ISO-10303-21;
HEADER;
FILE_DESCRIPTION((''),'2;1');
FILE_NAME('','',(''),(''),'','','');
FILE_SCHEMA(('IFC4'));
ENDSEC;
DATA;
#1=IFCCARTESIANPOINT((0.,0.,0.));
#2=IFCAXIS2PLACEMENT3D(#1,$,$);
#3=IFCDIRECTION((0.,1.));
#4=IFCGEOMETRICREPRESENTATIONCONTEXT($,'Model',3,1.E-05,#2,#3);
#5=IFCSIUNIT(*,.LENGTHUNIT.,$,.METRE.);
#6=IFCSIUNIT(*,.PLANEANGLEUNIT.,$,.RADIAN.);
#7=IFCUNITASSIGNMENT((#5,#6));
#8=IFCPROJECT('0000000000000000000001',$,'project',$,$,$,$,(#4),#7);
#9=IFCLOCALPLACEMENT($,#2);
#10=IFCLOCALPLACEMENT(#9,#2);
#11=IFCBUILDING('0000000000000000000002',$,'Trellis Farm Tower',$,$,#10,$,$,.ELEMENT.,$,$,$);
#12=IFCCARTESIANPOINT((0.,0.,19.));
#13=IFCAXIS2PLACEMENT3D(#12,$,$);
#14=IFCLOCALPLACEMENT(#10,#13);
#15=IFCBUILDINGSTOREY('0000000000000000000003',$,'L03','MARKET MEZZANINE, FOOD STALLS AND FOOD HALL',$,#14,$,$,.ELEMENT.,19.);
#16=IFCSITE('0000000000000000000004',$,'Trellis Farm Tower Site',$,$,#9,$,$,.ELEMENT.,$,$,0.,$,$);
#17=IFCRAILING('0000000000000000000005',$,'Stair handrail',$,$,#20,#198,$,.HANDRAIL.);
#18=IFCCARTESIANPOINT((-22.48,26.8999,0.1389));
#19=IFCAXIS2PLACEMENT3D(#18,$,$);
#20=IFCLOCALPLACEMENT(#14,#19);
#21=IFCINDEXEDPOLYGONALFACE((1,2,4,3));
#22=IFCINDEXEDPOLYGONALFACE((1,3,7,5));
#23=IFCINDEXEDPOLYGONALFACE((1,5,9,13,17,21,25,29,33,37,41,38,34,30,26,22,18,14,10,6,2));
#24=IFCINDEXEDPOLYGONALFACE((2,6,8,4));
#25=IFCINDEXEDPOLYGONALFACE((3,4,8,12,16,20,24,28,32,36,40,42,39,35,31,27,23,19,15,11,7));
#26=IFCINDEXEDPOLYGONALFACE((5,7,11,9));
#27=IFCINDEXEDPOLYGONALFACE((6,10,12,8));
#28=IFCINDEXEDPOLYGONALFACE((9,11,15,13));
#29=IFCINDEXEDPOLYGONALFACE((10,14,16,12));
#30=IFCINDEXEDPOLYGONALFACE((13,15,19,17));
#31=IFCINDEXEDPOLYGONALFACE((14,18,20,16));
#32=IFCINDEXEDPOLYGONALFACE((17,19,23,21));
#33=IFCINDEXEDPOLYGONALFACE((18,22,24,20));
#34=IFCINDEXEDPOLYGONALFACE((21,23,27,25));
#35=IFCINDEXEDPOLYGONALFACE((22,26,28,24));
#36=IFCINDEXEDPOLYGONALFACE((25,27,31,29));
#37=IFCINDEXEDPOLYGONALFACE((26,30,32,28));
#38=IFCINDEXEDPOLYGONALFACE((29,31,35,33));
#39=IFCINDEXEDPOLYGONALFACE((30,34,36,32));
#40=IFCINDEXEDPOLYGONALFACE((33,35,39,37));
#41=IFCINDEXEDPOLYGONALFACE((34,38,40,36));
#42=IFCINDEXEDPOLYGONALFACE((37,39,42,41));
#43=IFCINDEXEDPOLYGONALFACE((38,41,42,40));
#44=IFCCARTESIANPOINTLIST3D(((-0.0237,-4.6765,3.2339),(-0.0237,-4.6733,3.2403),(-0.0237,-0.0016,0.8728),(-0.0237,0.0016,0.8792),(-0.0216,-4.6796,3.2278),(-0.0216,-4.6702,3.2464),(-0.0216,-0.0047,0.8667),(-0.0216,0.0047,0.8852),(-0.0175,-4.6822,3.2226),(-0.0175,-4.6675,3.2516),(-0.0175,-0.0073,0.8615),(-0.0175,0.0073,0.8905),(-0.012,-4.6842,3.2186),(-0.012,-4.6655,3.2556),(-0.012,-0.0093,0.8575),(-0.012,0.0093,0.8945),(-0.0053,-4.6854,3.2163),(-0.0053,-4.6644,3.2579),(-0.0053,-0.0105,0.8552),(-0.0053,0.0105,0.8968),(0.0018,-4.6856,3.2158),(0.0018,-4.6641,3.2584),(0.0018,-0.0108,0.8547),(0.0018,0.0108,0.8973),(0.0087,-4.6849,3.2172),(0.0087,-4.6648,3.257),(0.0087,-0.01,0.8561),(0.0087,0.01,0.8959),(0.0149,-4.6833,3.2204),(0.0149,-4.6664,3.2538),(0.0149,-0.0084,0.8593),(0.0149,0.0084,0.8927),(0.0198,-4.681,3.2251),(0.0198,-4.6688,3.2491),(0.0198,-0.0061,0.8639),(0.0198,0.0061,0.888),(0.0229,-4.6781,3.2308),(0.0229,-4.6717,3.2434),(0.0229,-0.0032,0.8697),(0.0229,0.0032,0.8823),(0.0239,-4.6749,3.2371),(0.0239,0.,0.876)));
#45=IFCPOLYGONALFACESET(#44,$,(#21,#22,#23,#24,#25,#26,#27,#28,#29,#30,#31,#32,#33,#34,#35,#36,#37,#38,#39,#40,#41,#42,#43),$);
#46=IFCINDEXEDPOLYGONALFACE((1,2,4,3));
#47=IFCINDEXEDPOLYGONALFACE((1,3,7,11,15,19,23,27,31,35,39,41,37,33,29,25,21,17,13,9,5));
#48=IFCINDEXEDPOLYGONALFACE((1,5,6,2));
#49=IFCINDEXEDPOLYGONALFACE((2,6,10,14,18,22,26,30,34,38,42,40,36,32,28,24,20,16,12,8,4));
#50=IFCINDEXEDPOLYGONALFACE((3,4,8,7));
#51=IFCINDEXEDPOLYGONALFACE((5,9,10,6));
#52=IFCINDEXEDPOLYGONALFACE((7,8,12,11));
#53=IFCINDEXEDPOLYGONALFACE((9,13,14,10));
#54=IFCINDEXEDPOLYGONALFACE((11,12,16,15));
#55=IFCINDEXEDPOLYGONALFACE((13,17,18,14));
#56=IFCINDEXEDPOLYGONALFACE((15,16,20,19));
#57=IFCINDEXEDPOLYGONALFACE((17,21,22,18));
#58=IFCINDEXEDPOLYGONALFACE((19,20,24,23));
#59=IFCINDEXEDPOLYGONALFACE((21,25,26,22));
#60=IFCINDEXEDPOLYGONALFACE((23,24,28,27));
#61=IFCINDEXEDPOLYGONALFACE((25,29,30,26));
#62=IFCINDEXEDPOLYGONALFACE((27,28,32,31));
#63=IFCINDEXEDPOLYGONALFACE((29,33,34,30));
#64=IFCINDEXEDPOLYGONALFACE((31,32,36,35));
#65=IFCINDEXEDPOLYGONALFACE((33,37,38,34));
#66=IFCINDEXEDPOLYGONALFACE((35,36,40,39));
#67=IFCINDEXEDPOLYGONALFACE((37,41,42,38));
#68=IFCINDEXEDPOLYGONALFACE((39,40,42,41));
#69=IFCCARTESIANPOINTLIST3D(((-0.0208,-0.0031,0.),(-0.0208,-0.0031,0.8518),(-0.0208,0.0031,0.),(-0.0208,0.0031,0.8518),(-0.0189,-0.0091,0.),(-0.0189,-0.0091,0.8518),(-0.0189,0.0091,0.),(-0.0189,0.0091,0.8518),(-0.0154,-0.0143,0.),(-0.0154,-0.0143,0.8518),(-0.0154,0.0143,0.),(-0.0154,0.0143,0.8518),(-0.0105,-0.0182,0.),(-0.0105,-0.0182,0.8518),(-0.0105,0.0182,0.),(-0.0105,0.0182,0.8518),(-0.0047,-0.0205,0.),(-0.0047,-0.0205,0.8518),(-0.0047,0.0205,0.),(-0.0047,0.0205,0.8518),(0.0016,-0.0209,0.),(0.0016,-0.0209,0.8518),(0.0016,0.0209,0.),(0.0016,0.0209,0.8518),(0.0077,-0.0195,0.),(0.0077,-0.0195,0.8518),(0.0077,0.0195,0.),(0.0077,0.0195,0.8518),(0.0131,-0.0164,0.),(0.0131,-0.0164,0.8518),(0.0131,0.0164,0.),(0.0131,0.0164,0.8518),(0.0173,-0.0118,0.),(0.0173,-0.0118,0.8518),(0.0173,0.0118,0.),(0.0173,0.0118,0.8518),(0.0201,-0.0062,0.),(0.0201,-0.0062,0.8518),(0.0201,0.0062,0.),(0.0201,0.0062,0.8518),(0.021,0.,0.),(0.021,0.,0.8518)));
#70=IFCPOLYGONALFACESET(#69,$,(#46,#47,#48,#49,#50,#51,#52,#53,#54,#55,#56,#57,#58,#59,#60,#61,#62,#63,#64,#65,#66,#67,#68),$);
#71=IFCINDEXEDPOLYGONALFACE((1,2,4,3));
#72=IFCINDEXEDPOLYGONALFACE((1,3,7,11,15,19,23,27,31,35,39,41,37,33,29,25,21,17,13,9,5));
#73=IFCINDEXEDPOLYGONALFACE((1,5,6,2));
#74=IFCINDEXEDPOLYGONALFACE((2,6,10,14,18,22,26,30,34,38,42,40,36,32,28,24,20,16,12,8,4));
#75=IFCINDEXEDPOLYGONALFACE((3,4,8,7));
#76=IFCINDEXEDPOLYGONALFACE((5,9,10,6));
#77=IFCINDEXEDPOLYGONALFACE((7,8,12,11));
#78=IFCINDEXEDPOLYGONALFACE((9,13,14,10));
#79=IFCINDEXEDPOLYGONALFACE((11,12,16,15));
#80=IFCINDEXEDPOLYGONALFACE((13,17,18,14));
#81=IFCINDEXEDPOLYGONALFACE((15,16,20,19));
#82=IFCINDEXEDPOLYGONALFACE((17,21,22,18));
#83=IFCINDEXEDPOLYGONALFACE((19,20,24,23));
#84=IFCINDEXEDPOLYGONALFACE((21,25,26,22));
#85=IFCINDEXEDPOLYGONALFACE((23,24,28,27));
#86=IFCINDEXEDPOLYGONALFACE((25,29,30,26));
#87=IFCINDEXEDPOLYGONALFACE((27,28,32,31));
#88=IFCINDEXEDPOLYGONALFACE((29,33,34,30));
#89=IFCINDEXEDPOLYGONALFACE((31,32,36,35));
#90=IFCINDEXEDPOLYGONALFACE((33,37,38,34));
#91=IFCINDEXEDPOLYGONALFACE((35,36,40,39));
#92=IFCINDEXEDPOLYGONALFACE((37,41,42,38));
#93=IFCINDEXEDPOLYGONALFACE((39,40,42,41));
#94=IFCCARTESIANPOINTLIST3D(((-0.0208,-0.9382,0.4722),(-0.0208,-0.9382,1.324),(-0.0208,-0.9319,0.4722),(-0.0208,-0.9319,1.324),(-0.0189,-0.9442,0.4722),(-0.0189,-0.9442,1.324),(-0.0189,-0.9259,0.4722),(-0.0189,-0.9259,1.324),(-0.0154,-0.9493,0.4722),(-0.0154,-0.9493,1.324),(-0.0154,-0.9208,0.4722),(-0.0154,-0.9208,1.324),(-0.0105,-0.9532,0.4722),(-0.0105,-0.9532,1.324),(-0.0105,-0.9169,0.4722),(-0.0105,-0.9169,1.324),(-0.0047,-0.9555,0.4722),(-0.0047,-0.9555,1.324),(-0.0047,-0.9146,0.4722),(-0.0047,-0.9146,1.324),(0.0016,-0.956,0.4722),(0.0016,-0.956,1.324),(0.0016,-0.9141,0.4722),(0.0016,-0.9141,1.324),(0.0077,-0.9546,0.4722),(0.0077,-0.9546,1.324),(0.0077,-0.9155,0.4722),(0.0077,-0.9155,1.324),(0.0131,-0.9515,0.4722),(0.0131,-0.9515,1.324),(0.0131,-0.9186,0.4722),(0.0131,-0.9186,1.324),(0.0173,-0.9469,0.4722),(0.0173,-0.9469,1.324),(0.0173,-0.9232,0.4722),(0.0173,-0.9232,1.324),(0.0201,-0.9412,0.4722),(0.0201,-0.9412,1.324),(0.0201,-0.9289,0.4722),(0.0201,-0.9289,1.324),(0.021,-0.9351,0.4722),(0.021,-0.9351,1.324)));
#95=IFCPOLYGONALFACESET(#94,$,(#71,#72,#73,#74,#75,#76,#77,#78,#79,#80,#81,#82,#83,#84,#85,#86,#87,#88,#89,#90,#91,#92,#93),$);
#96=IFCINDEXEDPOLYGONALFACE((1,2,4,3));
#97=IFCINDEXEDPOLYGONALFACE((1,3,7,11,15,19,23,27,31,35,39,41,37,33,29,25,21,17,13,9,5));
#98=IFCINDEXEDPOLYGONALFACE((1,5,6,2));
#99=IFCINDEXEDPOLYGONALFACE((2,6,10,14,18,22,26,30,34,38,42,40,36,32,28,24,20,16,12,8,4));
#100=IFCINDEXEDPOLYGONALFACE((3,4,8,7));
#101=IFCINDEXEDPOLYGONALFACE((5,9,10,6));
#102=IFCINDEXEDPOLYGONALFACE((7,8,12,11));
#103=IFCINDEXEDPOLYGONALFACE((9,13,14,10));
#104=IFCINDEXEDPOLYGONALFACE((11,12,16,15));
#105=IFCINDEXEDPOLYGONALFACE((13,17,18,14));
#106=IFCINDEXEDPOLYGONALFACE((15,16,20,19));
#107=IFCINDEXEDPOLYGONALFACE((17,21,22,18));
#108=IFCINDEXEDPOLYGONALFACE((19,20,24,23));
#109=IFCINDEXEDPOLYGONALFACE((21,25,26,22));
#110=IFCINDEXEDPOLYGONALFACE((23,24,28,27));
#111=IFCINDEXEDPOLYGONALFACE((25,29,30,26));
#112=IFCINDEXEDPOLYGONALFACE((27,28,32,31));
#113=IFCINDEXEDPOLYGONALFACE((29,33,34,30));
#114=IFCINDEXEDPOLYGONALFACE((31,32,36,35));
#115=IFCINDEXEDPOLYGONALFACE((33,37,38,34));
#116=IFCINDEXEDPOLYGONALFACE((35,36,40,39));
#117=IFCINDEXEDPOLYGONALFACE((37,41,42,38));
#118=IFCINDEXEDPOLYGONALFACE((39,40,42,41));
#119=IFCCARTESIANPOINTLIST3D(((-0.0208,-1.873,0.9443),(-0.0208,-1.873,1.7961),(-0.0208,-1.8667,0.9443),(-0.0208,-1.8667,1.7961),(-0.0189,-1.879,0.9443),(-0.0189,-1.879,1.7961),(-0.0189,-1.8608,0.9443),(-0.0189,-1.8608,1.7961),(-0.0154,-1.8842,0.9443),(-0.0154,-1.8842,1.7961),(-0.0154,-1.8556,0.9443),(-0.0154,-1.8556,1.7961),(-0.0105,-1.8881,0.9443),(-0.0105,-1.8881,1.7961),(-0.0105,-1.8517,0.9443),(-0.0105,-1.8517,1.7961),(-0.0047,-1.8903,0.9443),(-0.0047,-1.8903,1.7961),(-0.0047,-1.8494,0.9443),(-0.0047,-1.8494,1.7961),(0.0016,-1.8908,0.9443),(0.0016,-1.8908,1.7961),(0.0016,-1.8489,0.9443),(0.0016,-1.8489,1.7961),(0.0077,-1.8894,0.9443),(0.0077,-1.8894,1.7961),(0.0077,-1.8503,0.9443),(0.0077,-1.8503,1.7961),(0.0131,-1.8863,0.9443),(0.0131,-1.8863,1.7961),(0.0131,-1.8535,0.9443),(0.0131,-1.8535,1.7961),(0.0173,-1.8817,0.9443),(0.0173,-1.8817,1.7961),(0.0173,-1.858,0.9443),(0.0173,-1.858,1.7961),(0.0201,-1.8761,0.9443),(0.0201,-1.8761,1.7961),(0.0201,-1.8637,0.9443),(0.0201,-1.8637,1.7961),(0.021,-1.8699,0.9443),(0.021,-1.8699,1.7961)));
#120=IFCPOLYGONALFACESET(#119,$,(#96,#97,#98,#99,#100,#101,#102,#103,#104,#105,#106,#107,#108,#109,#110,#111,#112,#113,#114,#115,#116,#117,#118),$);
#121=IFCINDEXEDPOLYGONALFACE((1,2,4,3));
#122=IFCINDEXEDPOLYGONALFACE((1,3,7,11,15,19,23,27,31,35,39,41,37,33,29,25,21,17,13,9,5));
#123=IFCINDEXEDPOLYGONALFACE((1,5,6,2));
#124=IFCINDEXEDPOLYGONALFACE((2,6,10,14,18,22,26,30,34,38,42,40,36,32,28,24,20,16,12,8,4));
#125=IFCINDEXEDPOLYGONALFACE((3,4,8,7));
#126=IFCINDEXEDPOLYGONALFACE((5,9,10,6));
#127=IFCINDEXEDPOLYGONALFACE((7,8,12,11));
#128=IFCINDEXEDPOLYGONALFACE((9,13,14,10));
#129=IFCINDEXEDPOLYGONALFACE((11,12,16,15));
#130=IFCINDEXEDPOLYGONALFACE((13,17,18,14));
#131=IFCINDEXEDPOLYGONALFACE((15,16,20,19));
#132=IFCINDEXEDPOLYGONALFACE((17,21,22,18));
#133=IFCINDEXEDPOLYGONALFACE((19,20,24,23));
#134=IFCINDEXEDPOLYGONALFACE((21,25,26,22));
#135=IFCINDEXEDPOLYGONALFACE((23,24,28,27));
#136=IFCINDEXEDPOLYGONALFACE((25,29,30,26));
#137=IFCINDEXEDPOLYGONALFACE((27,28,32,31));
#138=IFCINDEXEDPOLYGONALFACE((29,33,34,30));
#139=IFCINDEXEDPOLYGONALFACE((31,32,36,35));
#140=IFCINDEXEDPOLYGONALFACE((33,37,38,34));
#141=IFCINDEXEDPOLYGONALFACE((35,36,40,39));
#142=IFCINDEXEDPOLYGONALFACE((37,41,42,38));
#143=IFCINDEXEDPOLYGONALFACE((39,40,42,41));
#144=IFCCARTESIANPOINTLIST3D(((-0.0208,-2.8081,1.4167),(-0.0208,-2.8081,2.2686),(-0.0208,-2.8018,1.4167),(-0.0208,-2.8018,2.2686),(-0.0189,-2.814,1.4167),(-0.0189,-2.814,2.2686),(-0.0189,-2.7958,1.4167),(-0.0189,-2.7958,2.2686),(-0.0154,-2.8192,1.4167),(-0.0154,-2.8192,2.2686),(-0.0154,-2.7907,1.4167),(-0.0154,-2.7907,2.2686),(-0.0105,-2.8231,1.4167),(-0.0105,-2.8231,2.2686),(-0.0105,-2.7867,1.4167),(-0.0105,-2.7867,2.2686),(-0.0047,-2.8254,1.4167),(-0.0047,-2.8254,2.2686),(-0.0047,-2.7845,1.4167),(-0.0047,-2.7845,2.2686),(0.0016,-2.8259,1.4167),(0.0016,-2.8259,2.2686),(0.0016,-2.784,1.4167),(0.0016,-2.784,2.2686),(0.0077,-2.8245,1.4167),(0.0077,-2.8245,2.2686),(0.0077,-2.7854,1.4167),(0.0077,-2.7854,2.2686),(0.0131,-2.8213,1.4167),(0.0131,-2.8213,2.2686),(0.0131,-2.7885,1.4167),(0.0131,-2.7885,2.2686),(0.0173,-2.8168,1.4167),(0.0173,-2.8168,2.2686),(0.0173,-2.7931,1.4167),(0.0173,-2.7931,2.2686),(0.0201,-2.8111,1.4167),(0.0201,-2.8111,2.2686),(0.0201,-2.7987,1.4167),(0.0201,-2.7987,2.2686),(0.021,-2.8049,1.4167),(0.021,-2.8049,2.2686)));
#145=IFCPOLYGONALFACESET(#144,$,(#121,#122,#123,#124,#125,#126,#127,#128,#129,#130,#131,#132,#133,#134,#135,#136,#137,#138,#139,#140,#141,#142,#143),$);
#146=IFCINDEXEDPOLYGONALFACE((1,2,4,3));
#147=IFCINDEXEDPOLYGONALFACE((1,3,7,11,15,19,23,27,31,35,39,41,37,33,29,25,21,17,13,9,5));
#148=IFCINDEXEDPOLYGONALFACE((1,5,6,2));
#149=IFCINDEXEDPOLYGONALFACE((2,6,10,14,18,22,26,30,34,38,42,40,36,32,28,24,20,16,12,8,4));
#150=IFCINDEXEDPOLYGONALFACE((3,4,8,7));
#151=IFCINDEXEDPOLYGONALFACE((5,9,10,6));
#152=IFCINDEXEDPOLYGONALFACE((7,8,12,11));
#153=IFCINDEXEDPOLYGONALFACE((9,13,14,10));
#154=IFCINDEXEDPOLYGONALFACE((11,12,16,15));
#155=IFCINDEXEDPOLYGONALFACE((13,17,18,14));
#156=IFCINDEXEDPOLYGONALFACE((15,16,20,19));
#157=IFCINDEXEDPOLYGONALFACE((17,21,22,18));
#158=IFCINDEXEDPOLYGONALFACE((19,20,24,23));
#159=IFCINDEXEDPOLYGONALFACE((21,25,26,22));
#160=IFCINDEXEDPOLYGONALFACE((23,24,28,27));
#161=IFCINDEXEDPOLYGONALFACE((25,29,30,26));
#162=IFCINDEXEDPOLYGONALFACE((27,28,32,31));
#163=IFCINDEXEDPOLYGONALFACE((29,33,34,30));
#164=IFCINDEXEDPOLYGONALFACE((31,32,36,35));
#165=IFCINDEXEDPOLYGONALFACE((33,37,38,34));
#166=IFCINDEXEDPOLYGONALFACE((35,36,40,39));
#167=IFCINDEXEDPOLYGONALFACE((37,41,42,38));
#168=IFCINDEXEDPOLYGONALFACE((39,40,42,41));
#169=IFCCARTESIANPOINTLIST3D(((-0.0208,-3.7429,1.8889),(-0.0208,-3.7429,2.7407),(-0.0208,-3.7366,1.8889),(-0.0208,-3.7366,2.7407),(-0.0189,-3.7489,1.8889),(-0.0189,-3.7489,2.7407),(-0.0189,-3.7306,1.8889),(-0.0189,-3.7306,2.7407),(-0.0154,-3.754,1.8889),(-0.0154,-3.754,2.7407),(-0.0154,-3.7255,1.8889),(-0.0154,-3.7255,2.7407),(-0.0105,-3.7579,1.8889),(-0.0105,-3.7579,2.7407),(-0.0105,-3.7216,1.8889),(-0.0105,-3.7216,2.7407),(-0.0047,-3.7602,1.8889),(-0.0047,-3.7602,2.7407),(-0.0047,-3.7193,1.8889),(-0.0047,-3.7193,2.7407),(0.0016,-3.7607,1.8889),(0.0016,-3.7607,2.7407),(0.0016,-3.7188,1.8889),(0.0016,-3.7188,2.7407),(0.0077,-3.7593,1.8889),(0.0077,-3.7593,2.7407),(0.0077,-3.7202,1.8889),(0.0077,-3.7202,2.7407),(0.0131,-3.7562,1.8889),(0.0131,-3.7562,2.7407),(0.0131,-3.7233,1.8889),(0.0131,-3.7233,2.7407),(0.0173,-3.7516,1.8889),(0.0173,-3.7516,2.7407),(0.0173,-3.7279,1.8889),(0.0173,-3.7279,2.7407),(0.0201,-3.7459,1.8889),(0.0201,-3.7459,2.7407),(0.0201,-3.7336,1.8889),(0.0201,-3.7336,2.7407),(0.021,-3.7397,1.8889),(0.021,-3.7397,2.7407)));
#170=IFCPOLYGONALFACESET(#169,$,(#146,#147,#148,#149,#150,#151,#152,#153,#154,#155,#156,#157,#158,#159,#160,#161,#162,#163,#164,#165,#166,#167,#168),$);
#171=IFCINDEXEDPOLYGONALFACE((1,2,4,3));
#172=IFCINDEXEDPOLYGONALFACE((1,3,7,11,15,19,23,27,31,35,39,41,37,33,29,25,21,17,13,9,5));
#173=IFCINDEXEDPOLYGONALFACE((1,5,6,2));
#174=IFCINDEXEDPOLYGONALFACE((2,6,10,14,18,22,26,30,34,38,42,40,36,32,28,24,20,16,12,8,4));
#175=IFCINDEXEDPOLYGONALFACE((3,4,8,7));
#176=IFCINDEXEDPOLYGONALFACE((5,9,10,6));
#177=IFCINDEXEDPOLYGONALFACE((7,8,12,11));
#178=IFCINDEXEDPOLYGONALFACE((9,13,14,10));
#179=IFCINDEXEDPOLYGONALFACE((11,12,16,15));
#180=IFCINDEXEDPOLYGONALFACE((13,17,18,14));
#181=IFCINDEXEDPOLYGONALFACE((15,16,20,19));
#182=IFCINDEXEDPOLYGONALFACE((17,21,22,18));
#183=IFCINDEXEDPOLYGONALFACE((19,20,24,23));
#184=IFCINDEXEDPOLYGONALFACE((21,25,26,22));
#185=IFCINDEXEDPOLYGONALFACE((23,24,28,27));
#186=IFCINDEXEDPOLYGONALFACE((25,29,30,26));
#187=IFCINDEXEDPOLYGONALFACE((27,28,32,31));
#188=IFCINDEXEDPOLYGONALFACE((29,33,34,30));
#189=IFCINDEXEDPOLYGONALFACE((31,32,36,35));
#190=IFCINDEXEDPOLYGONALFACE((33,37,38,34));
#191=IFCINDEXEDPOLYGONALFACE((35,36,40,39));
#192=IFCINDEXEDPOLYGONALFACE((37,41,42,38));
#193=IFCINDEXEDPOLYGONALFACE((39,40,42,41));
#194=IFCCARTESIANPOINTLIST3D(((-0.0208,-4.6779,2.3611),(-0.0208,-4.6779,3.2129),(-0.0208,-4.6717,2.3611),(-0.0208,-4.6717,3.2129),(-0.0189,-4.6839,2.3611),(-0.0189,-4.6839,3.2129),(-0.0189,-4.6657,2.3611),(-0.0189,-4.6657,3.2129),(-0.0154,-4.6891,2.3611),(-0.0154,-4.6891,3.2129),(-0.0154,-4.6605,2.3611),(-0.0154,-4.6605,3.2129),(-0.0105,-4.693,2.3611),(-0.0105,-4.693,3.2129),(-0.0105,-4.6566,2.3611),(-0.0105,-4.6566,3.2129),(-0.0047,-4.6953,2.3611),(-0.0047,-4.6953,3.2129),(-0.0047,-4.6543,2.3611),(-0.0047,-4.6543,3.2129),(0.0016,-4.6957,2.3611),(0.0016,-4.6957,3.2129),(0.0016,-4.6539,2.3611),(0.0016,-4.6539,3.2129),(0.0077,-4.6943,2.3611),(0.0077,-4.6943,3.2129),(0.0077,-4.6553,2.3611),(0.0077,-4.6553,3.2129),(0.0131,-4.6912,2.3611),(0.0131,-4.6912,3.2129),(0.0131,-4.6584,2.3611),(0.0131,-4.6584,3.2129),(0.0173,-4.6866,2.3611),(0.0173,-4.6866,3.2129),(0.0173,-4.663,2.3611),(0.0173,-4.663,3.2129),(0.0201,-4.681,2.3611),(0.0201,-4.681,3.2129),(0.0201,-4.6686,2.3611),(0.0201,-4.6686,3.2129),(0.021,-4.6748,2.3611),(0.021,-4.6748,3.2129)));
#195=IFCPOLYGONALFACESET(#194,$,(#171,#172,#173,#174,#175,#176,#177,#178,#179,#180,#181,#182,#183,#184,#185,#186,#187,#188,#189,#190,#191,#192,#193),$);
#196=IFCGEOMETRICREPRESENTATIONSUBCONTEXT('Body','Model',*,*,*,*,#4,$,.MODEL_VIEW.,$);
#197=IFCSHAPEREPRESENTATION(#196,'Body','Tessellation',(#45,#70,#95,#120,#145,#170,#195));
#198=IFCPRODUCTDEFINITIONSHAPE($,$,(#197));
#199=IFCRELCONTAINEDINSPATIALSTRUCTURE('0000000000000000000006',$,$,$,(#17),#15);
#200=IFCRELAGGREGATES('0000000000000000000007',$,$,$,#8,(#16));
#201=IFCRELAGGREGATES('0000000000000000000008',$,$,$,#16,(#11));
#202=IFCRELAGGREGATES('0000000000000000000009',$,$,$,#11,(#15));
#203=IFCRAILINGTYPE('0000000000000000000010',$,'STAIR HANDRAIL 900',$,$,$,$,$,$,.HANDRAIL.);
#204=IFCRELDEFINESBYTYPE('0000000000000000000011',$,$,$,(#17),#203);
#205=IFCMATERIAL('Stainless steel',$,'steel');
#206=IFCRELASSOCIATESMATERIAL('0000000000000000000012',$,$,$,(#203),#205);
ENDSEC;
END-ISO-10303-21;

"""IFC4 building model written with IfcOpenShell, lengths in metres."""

from ifc_helpers import new_model, si_unit, direction, frame, origin, origin_2d, place, context, subcontext, project, spatial, circle, extrude, source, transform, mapped, material, type_object, element, save


model = new_model("IFC4")

# Units and contexts
model_context = context("Model", 3, precision=1e-05, world=origin(), true_north=direction((0.0, 1.0)))
body_context = subcontext(model_context, "Body", "Model", "MODEL_VIEW")
ifc_project = project(units=[si_unit("LENGTHUNIT", "METRE"), si_unit("PLANEANGLEUNIT", "RADIAN")], contexts=[model_context])

# Site, building, storey
site_placement = place(None, origin())
site = spatial("IfcSite", under=ifc_project, at=site_placement, Name="Trellis Farm Tower Site", CompositionType="ELEMENT", RefElevation=0.0)
building_placement = place(site_placement, origin())
building = spatial("IfcBuilding", under=site, at=building_placement, Name="Trellis Farm Tower", CompositionType="ELEMENT")
storey_placement = place(building_placement, frame((0.0, 0.0, 19.0)))
storey = spatial("IfcBuildingStorey", under=building, at=storey_placement, Name="L03", Description="MARKET MEZZANINE, FOOD STALLS AND FOOD HALL", CompositionType="ELEMENT", Elevation=19.0)

# Railing
ifc_material_1 = material(Name="Stainless steel", Category="steel")
railing_type = type_object("IfcRailingType", Name="STAIR HANDRAIL 900", PredefinedType="HANDRAIL", material=ifc_material_1)
shared_shape_1 = source(origin(), body_context, "Body", "SweptSolid", [
    extrude(circle(Radius=0.0239, at=origin_2d()), frame((0.0, 0.0, 0.876), z_axis=(0.0, -0.892611, 0.450827), x_axis=(1.0, 0.0, 0.0)), (0.0, 0.0, 1.0), 5.2373),
    extrude(circle(Radius=0.021, at=origin_2d()), origin(), (0.0, 0.0, 1.0), 0.8518),
    extrude(circle(Radius=0.021, at=origin_2d()), frame((0.0, -0.9351, 0.4722)), (0.0, 0.0, 1.0), 0.8518),
    extrude(circle(Radius=0.021, at=origin_2d()), frame((0.0, -1.8699, 0.9443)), (0.0, 0.0, 1.0), 0.8518),
    extrude(circle(Radius=0.021, at=origin_2d()), frame((0.0, -2.8049, 1.4167)), (0.0, 0.0, 1.0), 0.8518),
    extrude(circle(Radius=0.021, at=origin_2d()), frame((0.0, -3.7397, 1.8889)), (0.0, 0.0, 1.0), 0.8518),
    extrude(circle(Radius=0.021, at=origin_2d()), frame((0.0, -4.6748, 2.3611)), (0.0, 0.0, 1.0), 0.8518),
])
railing_placement = place(storey_placement, frame((-22.48, 26.8999, 0.1389)))
element("IfcRailing", 1, at=railing_placement, inside=storey, type_object=railing_type, Name="Stair handrail", PredefinedType="HANDRAIL", context=body_context, shape_type="MappedRepresentation", body=[
    mapped(shared_shape_1, transform((0.0, 0.0, 0.0))),
])

save(model, "model.ifc")
